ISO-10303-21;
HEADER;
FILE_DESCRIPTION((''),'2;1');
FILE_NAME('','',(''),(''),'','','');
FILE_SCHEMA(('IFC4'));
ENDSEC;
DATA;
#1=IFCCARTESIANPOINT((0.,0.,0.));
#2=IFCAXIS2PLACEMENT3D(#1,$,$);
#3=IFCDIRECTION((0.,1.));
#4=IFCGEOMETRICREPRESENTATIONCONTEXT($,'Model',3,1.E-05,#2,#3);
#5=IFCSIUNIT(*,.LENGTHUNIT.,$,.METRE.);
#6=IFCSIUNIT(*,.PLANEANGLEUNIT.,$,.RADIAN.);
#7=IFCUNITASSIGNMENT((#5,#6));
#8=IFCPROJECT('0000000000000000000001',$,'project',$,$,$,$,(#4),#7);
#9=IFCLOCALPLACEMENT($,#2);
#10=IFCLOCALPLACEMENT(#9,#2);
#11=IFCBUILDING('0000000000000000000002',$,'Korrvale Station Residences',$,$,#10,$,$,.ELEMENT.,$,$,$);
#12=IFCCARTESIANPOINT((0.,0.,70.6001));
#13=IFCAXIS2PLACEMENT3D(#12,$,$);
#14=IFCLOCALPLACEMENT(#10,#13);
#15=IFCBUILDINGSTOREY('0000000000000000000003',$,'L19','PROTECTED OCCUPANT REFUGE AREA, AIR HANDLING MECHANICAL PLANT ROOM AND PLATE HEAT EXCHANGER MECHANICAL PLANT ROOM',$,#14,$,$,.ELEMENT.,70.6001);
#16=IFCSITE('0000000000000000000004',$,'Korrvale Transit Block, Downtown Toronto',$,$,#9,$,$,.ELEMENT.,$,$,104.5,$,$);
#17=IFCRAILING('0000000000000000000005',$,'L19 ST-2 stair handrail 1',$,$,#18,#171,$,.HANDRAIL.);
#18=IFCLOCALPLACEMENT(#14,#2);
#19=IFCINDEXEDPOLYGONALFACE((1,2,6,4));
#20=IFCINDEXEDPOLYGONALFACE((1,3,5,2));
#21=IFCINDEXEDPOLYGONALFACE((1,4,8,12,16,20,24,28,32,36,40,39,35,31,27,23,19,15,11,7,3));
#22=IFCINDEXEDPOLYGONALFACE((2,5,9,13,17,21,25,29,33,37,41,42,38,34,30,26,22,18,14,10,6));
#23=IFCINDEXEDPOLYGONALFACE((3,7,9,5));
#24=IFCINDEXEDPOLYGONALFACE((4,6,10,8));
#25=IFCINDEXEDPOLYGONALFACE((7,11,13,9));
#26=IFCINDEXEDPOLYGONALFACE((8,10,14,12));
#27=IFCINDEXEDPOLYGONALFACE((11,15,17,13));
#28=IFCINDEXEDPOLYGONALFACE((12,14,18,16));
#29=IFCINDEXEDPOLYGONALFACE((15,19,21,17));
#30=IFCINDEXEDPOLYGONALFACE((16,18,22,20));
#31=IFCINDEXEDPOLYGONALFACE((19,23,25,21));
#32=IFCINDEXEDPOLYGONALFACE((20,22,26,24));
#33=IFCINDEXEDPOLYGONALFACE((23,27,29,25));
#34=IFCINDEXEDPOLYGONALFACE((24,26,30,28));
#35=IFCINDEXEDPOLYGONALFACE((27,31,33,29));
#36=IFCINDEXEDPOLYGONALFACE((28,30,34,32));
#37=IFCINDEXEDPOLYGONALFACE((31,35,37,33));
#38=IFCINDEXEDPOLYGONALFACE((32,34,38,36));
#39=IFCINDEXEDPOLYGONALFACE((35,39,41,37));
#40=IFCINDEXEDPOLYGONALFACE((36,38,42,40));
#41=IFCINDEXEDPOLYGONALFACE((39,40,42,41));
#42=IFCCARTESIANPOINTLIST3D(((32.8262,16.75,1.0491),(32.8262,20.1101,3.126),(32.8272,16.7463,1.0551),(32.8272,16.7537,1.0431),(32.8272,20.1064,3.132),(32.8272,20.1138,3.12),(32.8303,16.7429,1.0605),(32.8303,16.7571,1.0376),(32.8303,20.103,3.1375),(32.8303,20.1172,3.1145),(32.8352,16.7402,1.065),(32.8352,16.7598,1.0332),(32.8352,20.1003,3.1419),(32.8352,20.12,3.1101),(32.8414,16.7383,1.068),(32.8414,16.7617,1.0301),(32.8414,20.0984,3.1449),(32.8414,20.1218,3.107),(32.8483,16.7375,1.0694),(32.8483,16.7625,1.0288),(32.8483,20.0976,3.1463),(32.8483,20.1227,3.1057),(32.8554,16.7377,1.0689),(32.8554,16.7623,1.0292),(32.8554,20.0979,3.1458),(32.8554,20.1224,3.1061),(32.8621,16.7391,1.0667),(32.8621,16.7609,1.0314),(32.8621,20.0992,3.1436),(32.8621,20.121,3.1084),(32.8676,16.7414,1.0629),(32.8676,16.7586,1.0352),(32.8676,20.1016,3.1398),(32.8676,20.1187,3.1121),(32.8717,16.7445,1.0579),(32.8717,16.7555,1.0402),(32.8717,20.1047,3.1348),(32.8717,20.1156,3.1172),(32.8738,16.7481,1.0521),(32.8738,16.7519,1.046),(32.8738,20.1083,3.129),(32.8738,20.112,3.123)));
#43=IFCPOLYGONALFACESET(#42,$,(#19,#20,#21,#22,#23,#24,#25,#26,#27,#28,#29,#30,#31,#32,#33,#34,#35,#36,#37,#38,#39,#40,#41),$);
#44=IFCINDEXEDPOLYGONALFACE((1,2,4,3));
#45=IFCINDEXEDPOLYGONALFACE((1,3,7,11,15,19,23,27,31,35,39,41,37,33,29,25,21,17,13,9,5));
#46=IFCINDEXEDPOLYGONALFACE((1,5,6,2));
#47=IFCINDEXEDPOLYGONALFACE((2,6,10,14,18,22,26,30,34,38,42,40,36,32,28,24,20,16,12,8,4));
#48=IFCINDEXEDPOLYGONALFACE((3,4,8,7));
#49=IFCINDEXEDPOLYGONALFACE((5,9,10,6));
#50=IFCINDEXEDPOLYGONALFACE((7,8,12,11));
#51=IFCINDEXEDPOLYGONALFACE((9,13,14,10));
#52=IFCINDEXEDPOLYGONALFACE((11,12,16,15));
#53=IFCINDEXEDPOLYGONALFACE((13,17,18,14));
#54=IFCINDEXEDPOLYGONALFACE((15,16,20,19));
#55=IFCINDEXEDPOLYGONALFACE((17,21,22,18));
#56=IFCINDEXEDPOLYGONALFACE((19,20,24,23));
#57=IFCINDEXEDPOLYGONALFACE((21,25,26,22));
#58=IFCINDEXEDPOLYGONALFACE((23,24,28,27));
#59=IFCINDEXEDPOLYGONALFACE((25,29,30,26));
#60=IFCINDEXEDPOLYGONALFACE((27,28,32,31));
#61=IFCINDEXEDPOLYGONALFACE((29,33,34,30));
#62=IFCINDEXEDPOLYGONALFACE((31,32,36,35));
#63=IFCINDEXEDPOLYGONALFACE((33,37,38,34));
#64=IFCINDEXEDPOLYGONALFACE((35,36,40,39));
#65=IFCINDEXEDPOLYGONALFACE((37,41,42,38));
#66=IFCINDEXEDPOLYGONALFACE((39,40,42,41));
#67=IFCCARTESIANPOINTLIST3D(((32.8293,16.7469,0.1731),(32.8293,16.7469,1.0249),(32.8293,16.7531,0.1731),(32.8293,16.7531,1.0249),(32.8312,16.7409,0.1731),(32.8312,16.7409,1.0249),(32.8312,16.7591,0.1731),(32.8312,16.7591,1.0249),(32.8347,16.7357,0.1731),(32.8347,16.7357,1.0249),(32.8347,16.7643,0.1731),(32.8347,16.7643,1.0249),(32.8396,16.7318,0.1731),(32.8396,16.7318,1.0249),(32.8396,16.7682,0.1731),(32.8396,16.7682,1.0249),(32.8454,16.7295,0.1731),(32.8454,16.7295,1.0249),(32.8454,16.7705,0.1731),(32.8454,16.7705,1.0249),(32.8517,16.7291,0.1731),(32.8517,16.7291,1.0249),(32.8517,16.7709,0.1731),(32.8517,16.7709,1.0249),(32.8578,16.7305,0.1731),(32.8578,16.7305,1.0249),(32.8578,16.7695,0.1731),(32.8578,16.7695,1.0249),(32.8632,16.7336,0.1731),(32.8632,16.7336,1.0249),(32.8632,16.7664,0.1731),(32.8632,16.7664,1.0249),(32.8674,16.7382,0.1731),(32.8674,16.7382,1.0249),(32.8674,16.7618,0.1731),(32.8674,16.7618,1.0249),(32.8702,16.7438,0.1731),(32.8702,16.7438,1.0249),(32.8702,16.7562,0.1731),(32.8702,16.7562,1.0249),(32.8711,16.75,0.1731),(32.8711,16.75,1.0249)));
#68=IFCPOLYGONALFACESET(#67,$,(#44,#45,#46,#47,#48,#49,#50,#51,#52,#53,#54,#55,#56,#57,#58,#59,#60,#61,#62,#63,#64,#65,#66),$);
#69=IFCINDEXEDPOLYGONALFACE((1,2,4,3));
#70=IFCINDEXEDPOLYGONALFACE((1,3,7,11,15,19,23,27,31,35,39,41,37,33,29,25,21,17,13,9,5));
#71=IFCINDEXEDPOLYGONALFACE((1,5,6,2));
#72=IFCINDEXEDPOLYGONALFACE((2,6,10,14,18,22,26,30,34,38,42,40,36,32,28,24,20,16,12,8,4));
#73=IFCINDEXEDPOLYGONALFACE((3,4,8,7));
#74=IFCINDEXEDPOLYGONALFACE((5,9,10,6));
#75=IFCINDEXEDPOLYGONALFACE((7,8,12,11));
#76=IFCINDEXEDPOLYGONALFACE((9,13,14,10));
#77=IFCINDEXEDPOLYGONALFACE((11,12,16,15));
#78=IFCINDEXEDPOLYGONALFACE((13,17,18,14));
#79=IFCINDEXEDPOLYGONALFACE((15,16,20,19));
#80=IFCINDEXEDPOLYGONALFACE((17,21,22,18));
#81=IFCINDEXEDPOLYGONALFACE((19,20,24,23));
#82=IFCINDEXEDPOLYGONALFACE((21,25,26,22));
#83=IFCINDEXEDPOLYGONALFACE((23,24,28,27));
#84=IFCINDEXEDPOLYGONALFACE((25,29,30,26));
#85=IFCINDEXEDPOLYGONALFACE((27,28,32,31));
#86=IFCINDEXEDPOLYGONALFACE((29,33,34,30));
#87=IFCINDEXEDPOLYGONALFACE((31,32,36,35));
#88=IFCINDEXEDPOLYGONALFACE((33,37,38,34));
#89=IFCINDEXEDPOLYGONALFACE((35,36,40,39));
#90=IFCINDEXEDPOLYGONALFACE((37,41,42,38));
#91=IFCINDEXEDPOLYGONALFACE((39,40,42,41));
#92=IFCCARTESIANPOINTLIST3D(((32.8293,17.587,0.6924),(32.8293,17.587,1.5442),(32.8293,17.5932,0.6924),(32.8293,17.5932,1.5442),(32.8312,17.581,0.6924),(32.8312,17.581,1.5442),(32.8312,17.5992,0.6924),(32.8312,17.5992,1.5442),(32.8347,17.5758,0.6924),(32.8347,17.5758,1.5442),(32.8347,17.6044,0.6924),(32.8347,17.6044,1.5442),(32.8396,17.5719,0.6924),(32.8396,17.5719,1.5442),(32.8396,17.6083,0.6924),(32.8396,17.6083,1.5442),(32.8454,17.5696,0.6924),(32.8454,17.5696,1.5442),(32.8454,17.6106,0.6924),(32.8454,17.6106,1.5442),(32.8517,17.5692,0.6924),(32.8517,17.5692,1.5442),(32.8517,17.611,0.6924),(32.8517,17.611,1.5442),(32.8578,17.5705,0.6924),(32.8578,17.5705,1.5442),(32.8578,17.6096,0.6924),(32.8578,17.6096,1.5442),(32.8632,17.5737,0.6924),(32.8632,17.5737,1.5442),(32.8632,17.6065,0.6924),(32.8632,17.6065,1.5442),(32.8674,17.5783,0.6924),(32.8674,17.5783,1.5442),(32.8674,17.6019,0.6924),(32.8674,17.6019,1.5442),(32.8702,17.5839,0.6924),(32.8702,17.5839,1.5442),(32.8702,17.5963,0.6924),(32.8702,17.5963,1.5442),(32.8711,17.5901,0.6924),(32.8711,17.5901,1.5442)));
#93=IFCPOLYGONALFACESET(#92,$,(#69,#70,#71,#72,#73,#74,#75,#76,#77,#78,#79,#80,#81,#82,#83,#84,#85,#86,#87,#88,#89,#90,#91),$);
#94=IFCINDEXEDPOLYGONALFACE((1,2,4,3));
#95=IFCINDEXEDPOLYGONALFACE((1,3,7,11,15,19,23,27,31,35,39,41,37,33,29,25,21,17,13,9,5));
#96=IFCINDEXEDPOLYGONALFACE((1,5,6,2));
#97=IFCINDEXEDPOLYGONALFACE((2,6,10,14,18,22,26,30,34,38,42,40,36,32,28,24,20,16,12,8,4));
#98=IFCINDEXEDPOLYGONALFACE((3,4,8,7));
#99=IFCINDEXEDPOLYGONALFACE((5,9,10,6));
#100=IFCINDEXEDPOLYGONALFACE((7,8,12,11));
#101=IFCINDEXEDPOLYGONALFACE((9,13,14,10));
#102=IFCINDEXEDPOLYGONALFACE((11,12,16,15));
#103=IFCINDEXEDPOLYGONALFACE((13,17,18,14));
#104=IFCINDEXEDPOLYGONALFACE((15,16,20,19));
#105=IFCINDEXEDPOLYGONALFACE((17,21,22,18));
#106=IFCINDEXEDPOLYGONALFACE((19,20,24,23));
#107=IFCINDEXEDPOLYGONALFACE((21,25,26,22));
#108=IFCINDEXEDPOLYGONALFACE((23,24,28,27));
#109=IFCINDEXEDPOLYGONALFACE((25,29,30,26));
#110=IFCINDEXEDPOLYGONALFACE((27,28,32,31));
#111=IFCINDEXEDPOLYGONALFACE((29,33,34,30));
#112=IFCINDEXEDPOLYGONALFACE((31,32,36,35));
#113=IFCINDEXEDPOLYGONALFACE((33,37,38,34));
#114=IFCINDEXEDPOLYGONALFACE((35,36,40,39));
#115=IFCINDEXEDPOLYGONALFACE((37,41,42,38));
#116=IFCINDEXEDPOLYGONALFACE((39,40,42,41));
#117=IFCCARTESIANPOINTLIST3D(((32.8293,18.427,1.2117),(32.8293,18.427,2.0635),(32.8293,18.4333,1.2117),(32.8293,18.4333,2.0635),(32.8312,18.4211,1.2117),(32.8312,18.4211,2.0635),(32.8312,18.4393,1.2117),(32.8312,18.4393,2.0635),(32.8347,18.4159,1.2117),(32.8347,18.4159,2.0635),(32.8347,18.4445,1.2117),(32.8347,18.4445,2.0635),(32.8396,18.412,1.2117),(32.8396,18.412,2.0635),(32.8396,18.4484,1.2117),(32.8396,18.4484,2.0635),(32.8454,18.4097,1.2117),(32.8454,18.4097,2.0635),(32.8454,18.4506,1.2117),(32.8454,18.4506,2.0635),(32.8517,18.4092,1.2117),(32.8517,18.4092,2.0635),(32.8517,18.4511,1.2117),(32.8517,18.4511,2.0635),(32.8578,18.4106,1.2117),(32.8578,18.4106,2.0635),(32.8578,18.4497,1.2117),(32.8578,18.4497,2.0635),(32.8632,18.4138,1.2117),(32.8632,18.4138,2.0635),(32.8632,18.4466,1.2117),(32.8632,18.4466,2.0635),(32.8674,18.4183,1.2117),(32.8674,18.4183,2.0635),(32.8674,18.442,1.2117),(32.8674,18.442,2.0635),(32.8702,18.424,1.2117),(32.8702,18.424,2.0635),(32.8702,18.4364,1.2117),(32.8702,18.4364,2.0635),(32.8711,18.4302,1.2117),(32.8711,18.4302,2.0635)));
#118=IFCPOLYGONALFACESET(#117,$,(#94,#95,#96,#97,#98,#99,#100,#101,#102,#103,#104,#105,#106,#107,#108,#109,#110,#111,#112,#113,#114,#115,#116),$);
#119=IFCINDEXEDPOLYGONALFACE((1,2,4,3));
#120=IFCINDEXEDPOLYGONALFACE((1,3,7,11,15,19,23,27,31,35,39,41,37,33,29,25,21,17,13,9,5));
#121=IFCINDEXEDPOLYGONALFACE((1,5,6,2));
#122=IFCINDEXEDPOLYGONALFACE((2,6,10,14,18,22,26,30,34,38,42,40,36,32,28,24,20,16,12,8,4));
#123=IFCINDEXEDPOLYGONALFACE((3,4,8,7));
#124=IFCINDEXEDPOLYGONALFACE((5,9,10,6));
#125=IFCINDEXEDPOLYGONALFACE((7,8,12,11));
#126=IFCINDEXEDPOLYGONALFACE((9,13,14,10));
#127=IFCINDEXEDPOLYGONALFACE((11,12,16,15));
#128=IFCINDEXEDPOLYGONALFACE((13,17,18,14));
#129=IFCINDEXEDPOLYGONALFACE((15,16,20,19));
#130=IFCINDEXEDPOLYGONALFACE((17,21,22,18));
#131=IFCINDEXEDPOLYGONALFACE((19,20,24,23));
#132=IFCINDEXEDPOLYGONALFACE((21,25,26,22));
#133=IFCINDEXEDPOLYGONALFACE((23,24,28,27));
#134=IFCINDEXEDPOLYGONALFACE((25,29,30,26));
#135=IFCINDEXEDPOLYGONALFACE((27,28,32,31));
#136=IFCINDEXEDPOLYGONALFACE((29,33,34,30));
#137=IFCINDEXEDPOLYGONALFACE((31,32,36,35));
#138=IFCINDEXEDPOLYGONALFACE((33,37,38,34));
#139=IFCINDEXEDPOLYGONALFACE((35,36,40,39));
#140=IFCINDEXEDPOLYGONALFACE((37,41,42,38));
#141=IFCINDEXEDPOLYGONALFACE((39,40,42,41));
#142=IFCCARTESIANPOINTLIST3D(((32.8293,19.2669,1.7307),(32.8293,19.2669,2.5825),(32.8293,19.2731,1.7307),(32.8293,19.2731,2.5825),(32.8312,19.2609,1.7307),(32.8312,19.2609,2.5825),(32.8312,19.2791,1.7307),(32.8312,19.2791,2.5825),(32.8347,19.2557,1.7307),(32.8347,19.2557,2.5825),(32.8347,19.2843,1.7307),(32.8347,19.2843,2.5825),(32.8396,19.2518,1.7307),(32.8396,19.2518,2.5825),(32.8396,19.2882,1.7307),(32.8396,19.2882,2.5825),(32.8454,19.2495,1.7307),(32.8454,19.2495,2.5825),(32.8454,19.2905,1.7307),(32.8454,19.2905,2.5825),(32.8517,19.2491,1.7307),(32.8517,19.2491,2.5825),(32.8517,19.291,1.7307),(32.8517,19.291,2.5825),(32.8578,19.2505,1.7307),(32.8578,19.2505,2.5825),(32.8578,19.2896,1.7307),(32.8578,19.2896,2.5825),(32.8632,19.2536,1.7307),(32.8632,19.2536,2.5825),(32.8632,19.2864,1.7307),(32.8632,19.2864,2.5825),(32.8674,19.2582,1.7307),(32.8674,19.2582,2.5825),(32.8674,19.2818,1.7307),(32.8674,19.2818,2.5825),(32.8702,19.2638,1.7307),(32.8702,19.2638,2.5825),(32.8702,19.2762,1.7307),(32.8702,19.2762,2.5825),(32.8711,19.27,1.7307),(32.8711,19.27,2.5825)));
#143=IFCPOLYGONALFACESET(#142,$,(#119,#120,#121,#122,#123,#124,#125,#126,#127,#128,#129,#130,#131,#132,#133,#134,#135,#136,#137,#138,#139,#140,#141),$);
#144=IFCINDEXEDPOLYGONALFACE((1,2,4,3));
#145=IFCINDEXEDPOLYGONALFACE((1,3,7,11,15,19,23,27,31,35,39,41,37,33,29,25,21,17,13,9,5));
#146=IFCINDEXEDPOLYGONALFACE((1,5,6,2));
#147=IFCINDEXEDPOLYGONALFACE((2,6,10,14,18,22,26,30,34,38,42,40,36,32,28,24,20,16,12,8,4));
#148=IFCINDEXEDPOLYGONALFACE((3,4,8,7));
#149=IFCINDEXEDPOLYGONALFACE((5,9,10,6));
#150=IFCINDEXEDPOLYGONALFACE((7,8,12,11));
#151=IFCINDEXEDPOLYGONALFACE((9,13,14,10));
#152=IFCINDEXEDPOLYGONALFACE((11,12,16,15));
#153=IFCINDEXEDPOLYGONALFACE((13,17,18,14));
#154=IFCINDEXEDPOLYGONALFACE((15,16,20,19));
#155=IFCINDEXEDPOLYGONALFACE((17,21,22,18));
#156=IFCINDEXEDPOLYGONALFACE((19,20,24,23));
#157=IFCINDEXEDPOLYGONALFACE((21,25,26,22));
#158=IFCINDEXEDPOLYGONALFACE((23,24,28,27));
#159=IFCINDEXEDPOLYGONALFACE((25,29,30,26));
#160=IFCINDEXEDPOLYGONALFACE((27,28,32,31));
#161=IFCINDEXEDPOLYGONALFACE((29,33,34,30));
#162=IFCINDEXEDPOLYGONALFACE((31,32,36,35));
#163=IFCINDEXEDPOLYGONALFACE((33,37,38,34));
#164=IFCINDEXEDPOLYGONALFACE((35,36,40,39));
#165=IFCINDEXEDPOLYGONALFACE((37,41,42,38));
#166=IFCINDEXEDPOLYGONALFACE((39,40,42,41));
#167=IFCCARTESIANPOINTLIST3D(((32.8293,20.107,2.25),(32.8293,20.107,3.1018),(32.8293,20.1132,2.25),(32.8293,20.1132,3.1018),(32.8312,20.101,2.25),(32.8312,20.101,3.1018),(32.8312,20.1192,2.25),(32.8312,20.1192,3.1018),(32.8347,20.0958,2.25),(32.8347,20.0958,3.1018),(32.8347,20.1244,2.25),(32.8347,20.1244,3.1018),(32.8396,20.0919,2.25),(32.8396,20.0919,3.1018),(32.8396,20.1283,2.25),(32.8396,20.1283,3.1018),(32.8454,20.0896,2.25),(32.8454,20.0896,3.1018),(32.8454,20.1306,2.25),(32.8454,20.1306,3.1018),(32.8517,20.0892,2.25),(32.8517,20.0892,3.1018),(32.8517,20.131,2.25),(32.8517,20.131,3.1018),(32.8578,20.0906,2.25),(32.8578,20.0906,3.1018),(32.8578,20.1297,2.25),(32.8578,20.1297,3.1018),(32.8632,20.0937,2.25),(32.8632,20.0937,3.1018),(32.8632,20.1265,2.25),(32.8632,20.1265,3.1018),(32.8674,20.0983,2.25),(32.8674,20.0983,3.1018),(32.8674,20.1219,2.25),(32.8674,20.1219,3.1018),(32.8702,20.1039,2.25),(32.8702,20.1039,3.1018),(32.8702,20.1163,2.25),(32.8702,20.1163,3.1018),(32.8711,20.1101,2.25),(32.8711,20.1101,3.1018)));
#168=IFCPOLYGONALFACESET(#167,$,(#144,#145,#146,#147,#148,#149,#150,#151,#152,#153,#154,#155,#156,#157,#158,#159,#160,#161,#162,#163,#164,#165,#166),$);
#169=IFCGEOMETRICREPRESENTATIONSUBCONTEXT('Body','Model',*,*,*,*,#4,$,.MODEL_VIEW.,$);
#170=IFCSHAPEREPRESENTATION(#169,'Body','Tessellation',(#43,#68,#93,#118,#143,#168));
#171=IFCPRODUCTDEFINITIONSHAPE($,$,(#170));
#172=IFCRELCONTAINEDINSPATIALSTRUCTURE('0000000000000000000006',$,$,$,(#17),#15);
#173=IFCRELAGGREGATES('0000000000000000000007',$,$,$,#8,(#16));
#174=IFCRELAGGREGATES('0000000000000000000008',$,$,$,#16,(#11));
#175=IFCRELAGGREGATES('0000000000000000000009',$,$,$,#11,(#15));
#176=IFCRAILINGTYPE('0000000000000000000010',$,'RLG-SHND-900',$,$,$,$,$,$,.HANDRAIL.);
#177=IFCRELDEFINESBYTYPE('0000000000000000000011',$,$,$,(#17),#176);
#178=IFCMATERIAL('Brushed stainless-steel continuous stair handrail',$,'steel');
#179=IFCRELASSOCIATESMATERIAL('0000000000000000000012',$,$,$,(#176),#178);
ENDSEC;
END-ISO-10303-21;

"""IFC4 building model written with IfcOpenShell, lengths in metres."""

from ifc_helpers import new_model, si_unit, direction, frame, origin, origin_2d, place, context, subcontext, project, spatial, circle, extrude, material, type_object, element, save


model = new_model("IFC4")

# Units and contexts
model_context = context("Model", 3, precision=1e-05, world=origin(), true_north=direction((0.0, 1.0)))
body_context = subcontext(model_context, "Body", "Model", "MODEL_VIEW")
ifc_project = project(units=[si_unit("LENGTHUNIT", "METRE"), si_unit("PLANEANGLEUNIT", "RADIAN")], contexts=[model_context])

# Site, building, storey
site_placement = place(None, origin())
site = spatial("IfcSite", under=ifc_project, at=site_placement, Name="Korrvale Transit Block, Downtown Toronto", CompositionType="ELEMENT", RefElevation=104.5)
building_placement = place(site_placement, origin())
building = spatial("IfcBuilding", under=site, at=building_placement, Name="Korrvale Station Residences", CompositionType="ELEMENT")
storey_placement = place(building_placement, frame((0.0, 0.0, 70.6001)))
storey = spatial("IfcBuildingStorey", under=building, at=storey_placement, Name="L19", Description="PROTECTED OCCUPANT REFUGE AREA, AIR HANDLING MECHANICAL PLANT ROOM AND PLATE HEAT EXCHANGER MECHANICAL PLANT ROOM", CompositionType="ELEMENT", Elevation=70.6001)

# Railing
ifc_material_1 = material(Name="Brushed stainless-steel continuous stair handrail", Category="steel")
railing_type_1 = type_object("IfcRailingType", Name="RLG-SHND-900", PredefinedType="HANDRAIL", material=ifc_material_1)
railing_1_placement = place(storey_placement, frame((32.8501, 16.75, 0.1731)))
element("IfcRailing", 1, at=railing_1_placement, inside=storey, type_object=railing_type_1, Name="L19 ST-2 stair handrail 1", PredefinedType="HANDRAIL", context=body_context, shape_type="SweptSolid", body=[
    extrude(circle(Radius=0.0239, at=origin_2d()), frame((0.0, 0.0, 0.876), z_axis=(0.0, 0.850623, 0.525776), x_axis=(-1.0, 0.0, 0.0)), (0.0, 0.0, 1.0), 3.9502),
    extrude(circle(Radius=0.021, at=origin_2d()), origin(), (0.0, 0.0, 1.0), 0.8518),
    extrude(circle(Radius=0.021, at=origin_2d()), frame((0.0, 0.8401, 0.5193)), (0.0, 0.0, 1.0), 0.8518),
    extrude(circle(Radius=0.021, at=origin_2d()), frame((0.0, 1.6802, 1.0386)), (0.0, 0.0, 1.0), 0.8518),
    extrude(circle(Radius=0.021, at=origin_2d()), frame((0.0, 2.52, 1.5576)), (0.0, 0.0, 1.0), 0.8518),
    extrude(circle(Radius=0.021, at=origin_2d()), frame((0.0, 3.3601, 2.0769)), (0.0, 0.0, 1.0), 0.8518),
])

save(model, "model.ifc")
